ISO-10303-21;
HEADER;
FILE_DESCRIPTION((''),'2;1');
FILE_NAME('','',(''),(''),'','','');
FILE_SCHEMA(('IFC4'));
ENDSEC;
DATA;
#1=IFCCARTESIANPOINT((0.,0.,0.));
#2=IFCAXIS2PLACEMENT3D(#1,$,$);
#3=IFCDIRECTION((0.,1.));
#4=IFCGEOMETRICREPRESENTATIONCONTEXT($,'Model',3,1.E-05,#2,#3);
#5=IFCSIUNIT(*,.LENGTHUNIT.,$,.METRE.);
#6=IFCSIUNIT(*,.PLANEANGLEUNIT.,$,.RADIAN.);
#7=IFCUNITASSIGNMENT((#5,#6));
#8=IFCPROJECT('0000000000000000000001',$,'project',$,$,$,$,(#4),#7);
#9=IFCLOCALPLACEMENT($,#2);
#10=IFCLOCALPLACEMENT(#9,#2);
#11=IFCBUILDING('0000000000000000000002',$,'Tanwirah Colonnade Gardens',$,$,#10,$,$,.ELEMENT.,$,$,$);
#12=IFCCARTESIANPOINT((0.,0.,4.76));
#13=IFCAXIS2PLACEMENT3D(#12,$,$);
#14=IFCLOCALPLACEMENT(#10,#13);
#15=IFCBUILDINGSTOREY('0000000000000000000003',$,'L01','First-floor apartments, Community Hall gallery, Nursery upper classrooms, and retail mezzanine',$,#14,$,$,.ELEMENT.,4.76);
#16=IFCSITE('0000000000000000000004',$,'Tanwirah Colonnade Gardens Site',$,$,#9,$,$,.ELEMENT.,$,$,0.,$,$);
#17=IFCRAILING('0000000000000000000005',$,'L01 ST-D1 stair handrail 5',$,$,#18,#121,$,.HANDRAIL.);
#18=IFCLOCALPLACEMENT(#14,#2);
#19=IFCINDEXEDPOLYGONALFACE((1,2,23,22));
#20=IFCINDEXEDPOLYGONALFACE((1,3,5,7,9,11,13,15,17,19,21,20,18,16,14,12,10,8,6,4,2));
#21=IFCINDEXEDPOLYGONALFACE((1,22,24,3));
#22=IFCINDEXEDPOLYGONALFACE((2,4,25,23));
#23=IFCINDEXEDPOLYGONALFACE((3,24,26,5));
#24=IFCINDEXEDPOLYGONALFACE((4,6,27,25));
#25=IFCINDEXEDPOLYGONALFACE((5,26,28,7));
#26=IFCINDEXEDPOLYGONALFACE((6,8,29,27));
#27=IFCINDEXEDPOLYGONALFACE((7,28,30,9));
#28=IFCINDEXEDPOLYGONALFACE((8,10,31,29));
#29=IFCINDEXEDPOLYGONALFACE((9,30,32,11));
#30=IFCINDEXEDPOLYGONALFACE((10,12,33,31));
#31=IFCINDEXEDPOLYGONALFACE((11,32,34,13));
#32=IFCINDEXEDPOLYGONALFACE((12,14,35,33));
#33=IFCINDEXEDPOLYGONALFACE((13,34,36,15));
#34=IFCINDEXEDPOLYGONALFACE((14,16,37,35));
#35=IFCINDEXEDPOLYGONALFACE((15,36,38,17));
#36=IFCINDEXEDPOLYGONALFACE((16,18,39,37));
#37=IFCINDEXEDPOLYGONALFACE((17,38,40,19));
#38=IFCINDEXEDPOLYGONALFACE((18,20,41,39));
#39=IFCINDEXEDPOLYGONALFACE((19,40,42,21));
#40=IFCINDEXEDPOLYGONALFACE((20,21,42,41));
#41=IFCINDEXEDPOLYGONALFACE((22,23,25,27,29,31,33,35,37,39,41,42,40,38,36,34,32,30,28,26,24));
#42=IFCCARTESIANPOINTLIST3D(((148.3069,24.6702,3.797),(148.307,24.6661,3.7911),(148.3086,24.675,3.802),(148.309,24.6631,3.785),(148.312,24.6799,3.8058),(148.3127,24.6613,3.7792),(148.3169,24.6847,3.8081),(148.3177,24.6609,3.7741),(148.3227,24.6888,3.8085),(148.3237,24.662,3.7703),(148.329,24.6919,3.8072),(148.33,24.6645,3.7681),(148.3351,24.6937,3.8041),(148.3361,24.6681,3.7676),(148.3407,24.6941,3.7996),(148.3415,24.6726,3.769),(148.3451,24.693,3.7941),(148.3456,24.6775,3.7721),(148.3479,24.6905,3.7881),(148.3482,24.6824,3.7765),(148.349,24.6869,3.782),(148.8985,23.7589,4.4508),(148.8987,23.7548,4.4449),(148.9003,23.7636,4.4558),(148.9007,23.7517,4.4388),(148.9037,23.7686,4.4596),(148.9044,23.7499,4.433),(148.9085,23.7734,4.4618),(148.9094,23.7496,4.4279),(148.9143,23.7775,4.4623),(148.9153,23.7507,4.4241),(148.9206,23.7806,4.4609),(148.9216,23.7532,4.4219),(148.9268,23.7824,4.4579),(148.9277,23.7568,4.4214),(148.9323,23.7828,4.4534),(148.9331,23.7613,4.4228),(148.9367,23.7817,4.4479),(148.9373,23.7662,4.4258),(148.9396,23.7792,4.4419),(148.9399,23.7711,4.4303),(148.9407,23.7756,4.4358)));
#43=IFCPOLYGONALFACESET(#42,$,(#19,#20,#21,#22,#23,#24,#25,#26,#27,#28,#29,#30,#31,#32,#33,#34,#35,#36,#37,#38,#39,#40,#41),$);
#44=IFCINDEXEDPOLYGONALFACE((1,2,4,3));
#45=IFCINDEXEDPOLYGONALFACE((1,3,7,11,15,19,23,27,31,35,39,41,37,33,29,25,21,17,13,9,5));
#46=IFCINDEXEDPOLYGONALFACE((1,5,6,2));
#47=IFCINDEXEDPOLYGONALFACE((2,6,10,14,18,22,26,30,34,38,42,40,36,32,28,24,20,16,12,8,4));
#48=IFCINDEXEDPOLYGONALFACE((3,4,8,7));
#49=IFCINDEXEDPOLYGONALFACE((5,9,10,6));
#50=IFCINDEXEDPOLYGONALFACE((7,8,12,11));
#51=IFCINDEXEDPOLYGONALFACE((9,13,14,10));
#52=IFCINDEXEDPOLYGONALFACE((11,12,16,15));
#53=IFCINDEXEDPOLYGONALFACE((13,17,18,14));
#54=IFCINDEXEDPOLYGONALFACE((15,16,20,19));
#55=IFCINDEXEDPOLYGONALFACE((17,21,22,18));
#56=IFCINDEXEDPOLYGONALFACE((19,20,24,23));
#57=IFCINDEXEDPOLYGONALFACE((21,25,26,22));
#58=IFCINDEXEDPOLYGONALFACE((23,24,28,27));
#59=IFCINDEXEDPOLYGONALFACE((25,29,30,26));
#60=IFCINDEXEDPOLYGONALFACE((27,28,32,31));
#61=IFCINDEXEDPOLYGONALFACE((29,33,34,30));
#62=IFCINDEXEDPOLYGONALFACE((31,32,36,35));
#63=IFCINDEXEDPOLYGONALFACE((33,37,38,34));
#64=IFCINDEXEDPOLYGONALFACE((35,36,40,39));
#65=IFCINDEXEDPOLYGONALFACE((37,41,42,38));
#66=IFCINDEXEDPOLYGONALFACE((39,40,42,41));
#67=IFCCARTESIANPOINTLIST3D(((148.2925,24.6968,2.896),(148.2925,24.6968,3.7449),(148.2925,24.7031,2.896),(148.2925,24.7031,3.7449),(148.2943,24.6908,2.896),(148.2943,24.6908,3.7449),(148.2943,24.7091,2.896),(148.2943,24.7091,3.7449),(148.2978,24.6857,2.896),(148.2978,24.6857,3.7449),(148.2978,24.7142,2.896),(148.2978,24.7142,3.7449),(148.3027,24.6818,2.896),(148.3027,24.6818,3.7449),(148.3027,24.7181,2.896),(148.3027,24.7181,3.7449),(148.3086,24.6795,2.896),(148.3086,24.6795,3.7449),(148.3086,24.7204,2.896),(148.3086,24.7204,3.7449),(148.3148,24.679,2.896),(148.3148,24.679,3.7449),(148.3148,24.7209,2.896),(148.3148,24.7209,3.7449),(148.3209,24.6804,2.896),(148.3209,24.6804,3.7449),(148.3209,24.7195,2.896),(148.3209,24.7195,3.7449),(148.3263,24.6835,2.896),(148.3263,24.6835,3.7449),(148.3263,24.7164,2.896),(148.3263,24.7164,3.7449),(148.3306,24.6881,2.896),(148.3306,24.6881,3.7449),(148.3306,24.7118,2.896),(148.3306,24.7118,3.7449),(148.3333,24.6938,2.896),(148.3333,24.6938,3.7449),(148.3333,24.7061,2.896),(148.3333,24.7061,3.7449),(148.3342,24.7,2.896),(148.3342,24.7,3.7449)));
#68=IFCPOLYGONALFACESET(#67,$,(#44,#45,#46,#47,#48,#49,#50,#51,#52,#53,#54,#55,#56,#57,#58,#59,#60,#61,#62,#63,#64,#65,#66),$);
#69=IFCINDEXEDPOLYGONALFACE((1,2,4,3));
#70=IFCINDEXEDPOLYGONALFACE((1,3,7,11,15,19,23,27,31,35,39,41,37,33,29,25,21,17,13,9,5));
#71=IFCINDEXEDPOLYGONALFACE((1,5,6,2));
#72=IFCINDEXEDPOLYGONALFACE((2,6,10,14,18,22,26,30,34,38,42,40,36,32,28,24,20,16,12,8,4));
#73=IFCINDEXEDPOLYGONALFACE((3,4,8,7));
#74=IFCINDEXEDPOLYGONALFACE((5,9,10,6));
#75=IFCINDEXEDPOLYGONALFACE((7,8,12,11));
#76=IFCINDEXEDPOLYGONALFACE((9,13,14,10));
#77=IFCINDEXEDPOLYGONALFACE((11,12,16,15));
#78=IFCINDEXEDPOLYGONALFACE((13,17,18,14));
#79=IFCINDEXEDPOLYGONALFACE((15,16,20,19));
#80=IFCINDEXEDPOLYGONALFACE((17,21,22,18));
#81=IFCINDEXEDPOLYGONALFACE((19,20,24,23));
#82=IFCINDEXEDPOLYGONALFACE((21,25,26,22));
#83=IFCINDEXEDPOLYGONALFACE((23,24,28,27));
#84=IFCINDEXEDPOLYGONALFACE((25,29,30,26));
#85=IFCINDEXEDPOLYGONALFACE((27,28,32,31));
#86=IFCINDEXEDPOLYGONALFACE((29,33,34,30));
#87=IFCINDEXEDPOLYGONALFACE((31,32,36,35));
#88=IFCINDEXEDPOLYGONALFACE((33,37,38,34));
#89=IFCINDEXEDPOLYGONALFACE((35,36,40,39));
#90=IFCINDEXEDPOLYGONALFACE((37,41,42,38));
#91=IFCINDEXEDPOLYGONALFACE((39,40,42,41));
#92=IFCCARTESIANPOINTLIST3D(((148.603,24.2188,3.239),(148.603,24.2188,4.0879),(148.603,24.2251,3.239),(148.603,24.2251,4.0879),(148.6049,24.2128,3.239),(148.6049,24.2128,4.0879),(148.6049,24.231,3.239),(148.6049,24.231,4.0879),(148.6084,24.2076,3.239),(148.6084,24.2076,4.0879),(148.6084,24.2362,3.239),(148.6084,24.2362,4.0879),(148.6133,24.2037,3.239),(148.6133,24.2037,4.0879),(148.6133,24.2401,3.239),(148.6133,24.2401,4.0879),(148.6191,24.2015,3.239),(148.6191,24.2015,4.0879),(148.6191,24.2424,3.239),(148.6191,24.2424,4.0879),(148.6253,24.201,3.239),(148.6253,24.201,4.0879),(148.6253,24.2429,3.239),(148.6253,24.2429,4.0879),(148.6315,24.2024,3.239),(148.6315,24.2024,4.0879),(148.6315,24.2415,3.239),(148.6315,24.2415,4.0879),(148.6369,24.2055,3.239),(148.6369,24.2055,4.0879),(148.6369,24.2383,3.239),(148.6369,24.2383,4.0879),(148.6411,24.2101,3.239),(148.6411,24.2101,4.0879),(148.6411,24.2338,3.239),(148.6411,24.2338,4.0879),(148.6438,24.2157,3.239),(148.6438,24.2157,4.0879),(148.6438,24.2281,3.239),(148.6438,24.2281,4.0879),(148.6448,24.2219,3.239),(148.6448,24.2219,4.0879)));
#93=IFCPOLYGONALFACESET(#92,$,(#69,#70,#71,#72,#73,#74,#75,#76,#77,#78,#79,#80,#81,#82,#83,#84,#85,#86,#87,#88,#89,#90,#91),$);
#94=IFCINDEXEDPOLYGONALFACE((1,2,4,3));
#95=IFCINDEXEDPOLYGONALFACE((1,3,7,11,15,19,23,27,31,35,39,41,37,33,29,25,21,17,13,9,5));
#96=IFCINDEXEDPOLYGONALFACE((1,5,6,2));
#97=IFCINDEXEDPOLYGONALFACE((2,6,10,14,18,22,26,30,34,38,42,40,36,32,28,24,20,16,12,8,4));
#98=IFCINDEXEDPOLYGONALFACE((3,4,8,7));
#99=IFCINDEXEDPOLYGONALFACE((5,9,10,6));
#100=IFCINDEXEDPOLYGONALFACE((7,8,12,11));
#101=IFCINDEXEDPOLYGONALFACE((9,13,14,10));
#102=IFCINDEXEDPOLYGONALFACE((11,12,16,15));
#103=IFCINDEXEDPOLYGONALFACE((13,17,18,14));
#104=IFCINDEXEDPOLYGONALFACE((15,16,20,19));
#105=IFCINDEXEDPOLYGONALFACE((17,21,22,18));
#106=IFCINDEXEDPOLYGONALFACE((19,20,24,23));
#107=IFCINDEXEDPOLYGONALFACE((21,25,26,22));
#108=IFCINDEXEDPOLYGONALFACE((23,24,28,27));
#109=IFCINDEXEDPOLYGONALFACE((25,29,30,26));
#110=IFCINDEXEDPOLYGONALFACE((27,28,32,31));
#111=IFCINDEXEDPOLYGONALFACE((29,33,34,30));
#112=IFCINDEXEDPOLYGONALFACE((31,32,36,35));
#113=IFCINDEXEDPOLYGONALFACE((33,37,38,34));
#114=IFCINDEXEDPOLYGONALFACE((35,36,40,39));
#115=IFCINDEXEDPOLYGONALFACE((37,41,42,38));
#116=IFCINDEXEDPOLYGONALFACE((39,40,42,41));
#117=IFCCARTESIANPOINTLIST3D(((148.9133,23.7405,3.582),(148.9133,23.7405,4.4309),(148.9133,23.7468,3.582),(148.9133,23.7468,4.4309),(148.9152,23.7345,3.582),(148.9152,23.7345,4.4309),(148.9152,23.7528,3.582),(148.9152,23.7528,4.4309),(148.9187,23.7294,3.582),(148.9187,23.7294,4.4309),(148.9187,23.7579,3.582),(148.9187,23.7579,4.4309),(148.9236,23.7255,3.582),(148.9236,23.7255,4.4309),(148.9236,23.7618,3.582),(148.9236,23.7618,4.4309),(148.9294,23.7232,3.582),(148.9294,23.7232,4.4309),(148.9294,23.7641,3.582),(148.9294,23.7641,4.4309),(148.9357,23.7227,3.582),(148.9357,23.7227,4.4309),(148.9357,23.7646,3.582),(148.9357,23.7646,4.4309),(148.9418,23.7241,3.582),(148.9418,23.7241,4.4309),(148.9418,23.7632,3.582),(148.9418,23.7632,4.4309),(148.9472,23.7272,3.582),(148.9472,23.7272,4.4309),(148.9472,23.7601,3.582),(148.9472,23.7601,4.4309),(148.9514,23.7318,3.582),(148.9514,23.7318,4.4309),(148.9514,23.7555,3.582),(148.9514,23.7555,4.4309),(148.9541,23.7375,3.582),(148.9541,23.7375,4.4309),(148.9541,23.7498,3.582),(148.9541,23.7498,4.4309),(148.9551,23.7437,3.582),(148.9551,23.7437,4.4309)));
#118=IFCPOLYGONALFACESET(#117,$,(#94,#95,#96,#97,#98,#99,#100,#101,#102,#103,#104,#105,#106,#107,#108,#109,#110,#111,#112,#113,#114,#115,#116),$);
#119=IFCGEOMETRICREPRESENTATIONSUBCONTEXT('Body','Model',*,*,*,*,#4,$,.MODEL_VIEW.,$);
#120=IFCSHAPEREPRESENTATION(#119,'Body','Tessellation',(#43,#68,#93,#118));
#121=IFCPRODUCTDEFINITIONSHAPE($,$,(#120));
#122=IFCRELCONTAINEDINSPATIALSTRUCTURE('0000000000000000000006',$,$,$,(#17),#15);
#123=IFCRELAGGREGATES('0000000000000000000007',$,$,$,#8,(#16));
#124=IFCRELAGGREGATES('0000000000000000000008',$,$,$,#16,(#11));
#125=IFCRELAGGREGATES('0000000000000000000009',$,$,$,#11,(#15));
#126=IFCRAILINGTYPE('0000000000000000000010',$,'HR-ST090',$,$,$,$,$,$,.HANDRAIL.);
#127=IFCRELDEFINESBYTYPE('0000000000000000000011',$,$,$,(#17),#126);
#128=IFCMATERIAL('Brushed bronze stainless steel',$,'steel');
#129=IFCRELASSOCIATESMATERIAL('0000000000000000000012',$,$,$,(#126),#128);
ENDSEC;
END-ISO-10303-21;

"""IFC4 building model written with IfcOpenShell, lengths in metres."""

from ifc_helpers import new_model, si_unit, direction, frame, origin, origin_2d, place, context, subcontext, project, spatial, circle, extrude, material, type_object, element, save


model = new_model("IFC4")

# Units and contexts
model_context = context("Model", 3, precision=1e-05, world=origin(), true_north=direction((0.0, 1.0)))
body_context = subcontext(model_context, "Body", "Model", "MODEL_VIEW")
ifc_project = project(units=[si_unit("LENGTHUNIT", "METRE"), si_unit("PLANEANGLEUNIT", "RADIAN")], contexts=[model_context])

# Site, building, storey
site_placement = place(None, origin())
site = spatial("IfcSite", under=ifc_project, at=site_placement, Name="Tanwirah Colonnade Gardens Site", CompositionType="ELEMENT", RefElevation=0.0)
building_placement = place(site_placement, origin())
building = spatial("IfcBuilding", under=site, at=building_placement, Name="Tanwirah Colonnade Gardens", CompositionType="ELEMENT")
storey_placement = place(building_placement, frame((0.0, 0.0, 4.76)))
storey = spatial("IfcBuildingStorey", under=building, at=storey_placement, Name="L01", Description="First-floor apartments, Community Hall gallery, Nursery upper classrooms, and retail mezzanine", CompositionType="ELEMENT", Elevation=4.76)

# Railing
ifc_material_1 = material(Name="Brushed bronze stainless steel", Category="steel")
railing_type_1 = type_object("IfcRailingType", Name="HR-ST090", PredefinedType="HANDRAIL", material=ifc_material_1)
railing_1_placement = place(storey_placement, frame((148.3132, 24.7, 2.896)))
element("IfcRailing", 1, at=railing_1_placement, inside=storey, type_object=railing_type_1, Name="L01 ST-D1 stair handrail 5", PredefinedType="HANDRAIL", context=body_context, shape_type="SweptSolid", body=[
    extrude(circle(Radius=0.0239, at=origin_2d()), frame((0.0146, -0.0225, 0.8921), z_axis=(0.466579, -0.718675, 0.515567), x_axis=(0.838742, 0.544529, 0.0)), (0.0, 0.0, 1.0), 1.2681),
    extrude(circle(Radius=0.021, at=origin_2d()), origin(), (0.0, 0.0, 1.0), 0.8489),
    extrude(circle(Radius=0.021, at=origin_2d()), frame((0.3105, -0.478, 0.343)), (0.0, 0.0, 1.0), 0.8489),
    extrude(circle(Radius=0.021, at=origin_2d()), frame((0.6208, -0.9563, 0.686)), (0.0, 0.0, 1.0), 0.8489),
])

save(model, "model.ifc")
